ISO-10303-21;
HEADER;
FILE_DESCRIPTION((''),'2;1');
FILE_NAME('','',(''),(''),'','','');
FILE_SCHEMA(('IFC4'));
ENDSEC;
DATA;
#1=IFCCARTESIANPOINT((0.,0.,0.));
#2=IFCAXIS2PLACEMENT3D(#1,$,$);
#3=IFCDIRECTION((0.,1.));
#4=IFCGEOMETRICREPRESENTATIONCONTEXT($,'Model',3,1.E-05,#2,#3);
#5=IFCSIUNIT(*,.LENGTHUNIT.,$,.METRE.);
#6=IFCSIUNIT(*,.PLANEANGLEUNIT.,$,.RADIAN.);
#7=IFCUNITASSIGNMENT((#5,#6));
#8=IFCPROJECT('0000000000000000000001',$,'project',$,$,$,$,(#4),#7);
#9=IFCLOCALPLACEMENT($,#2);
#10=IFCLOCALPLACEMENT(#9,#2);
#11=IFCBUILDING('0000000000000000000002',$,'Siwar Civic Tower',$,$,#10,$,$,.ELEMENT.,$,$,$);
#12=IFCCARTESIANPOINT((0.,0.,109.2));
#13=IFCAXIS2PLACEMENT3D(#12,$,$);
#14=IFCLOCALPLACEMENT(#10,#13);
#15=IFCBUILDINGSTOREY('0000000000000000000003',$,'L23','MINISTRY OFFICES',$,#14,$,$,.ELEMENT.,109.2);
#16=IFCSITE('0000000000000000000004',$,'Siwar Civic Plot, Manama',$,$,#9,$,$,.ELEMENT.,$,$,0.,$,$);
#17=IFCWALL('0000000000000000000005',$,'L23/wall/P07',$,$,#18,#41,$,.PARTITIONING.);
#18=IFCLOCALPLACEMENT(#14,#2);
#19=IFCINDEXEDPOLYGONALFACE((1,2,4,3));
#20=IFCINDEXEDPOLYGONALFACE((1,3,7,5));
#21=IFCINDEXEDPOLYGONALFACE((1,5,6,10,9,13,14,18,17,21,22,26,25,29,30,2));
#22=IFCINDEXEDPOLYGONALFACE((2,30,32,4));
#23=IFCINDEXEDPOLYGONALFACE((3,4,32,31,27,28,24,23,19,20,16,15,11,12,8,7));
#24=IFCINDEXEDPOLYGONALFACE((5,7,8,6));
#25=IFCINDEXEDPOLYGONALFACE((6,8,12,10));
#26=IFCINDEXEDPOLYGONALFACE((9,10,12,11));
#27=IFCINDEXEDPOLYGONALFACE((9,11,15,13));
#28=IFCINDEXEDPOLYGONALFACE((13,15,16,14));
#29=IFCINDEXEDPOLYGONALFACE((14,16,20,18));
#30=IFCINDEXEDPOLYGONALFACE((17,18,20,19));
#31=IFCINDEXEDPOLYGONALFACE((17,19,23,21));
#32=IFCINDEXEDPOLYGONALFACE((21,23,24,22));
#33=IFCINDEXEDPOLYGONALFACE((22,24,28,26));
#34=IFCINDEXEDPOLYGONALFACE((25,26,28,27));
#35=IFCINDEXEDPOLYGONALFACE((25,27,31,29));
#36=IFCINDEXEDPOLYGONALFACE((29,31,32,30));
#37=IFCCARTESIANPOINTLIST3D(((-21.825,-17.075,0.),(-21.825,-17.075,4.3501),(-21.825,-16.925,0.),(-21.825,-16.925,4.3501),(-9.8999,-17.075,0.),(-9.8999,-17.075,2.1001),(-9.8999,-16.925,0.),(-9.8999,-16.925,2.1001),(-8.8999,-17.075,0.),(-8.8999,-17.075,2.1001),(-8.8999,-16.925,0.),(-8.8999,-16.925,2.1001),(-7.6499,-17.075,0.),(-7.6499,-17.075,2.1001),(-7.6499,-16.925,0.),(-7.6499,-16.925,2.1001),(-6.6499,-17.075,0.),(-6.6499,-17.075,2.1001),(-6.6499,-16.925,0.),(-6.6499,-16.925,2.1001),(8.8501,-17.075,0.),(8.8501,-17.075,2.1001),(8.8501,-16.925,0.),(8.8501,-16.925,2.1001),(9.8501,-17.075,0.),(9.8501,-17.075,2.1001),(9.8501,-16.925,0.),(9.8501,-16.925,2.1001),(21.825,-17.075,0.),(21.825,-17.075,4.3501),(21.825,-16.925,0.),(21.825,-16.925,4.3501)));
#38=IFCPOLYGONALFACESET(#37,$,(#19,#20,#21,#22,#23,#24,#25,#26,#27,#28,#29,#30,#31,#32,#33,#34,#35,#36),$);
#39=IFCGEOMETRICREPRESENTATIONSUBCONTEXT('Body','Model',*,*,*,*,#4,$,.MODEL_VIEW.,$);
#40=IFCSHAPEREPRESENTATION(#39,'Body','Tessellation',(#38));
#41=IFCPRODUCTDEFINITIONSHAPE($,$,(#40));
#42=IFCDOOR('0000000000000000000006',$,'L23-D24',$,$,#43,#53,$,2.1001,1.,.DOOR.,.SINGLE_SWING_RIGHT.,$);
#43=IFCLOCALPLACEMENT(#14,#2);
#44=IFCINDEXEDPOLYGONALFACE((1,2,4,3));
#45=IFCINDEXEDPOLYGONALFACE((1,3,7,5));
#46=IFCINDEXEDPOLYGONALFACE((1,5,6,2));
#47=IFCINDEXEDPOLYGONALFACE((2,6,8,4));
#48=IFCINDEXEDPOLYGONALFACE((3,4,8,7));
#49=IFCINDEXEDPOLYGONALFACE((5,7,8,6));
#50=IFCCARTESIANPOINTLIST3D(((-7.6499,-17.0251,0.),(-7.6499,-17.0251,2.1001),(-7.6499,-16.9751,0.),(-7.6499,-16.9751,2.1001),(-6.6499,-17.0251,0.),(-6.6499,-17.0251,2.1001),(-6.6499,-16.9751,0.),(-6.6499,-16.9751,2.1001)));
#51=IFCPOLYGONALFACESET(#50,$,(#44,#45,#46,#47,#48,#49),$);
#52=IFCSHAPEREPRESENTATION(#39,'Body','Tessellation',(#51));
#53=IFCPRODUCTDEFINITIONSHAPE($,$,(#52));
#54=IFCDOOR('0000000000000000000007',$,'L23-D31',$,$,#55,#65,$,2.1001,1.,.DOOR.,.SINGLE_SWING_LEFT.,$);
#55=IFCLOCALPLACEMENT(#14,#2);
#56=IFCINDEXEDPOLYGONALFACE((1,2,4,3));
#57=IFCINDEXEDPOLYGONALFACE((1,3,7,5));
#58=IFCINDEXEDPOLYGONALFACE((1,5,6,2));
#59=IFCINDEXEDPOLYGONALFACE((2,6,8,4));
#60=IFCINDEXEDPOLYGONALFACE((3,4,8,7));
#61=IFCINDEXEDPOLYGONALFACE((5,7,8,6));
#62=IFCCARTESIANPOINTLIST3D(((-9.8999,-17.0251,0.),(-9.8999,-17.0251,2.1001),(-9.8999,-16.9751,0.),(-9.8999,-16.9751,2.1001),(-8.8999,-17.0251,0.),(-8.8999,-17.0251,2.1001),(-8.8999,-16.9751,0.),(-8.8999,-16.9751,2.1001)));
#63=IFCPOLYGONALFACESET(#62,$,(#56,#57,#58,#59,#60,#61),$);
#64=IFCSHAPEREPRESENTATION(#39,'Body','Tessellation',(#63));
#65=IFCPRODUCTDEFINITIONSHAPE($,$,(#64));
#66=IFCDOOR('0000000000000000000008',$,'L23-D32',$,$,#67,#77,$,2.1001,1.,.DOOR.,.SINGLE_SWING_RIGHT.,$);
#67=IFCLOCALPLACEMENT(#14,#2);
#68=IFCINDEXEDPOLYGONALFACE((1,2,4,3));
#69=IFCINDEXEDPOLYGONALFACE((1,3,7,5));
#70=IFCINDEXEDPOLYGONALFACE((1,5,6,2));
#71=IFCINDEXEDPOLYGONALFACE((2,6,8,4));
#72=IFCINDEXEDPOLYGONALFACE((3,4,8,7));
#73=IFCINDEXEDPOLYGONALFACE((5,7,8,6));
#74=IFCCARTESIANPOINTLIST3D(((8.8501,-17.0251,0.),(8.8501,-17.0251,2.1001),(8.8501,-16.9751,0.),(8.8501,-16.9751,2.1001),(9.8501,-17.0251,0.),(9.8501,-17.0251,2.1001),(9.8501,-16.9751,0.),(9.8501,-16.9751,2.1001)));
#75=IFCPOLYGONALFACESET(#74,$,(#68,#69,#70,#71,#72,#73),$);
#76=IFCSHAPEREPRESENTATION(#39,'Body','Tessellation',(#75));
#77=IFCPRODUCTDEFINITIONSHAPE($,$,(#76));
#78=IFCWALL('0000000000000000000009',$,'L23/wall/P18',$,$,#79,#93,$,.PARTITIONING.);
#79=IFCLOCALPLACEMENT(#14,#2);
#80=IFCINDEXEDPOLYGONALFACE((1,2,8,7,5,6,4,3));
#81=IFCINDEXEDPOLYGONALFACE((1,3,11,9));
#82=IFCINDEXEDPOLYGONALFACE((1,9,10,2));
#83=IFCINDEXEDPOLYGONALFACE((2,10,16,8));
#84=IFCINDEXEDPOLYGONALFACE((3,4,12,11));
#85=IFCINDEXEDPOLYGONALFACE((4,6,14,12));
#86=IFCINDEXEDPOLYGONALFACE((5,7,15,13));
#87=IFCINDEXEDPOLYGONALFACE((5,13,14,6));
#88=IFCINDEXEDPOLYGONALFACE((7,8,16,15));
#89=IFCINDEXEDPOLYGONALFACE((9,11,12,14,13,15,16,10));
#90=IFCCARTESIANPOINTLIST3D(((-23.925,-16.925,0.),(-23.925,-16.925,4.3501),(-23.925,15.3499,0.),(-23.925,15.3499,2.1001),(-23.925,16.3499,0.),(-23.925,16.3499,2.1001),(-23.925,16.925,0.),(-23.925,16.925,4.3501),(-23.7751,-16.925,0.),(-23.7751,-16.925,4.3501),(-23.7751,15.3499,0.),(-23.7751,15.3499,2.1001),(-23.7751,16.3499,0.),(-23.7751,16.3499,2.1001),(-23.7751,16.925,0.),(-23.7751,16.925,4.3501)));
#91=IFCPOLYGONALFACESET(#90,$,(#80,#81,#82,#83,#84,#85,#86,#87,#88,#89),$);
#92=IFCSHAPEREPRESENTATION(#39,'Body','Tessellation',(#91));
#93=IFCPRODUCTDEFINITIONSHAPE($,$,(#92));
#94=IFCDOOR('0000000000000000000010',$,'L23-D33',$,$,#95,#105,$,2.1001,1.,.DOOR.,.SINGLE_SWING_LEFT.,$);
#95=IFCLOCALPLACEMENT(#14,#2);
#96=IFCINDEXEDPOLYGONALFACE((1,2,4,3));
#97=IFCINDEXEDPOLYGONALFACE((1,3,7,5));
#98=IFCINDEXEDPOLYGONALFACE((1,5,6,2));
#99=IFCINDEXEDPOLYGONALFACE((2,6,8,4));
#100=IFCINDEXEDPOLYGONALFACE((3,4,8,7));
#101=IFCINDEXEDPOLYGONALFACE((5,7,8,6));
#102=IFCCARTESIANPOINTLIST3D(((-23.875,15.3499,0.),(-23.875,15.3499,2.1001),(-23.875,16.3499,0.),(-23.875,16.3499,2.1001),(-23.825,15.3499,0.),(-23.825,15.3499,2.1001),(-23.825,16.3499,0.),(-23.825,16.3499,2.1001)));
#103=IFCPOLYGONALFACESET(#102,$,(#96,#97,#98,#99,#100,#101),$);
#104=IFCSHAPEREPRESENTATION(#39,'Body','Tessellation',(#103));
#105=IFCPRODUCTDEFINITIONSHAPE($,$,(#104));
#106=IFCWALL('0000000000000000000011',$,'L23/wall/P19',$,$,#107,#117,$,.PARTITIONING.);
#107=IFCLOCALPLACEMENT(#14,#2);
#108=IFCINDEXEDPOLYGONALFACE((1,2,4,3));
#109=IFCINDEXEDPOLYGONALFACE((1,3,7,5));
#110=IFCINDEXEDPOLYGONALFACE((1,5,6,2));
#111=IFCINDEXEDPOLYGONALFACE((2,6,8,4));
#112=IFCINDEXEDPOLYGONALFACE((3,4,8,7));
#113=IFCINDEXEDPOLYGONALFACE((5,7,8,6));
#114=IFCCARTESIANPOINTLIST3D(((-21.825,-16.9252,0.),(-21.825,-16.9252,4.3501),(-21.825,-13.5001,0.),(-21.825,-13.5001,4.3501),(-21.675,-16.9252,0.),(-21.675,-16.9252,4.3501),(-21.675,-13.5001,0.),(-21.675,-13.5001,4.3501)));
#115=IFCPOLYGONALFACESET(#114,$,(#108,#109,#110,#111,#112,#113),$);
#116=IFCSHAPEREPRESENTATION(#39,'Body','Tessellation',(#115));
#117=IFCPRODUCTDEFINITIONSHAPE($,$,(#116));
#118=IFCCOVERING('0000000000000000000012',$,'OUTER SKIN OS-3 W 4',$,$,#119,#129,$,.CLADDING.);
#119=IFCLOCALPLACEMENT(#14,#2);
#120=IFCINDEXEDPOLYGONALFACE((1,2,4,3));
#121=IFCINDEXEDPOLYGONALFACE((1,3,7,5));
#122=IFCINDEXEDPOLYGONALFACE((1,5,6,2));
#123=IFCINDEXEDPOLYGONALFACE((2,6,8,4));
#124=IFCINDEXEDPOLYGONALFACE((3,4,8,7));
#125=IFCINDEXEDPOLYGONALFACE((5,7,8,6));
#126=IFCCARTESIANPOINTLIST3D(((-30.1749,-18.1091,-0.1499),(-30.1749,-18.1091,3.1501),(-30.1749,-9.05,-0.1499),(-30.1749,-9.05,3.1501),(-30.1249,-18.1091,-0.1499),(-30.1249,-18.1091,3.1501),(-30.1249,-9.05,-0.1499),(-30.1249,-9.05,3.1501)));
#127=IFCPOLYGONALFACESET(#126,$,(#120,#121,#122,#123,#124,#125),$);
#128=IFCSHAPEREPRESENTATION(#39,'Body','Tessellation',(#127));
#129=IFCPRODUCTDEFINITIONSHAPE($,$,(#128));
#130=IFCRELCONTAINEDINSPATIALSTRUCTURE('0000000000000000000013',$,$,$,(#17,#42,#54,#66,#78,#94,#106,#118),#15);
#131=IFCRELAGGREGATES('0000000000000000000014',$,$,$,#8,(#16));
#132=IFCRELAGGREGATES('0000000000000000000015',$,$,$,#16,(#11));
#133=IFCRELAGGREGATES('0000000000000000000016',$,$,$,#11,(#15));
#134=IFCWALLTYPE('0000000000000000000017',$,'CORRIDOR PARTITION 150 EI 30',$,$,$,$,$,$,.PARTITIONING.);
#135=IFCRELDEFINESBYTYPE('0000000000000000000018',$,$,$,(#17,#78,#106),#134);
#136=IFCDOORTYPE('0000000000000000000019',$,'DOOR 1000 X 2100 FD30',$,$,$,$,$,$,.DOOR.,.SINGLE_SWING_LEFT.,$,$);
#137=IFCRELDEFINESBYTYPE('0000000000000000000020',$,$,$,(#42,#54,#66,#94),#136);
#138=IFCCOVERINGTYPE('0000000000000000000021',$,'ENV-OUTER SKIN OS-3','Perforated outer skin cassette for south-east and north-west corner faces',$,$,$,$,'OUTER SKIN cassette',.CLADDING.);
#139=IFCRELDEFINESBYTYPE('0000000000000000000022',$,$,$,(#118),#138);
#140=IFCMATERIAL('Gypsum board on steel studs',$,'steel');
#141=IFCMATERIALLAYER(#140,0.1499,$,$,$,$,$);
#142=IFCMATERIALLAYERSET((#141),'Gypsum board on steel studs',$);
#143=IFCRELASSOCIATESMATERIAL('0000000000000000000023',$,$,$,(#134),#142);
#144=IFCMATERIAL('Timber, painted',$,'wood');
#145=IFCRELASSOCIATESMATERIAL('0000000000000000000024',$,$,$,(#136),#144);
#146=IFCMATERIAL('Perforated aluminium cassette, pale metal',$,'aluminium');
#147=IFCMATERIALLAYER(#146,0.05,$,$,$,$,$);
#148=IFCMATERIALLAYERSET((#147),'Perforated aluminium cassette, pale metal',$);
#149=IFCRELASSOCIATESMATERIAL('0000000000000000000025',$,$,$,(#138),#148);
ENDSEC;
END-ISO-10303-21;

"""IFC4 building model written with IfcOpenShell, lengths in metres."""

from ifc_helpers import new_model, si_unit, direction, frame, frame_2d, origin, origin_2d, place, context, subcontext, project, spatial, rectangle, extrude, material, layer, layer_set, type_object, element, fill, save


model = new_model("IFC4")

# Units and contexts
model_context = context("Model", 3, precision=1e-05, world=origin(), true_north=direction((0.0, 1.0)))
body_context = subcontext(model_context, "Body", "Model", "MODEL_VIEW")
ifc_project = project(units=[si_unit("LENGTHUNIT", "METRE"), si_unit("PLANEANGLEUNIT", "RADIAN")], contexts=[model_context])

# Site, building, storey
site_placement = place(None, origin())
site = spatial("IfcSite", under=ifc_project, at=site_placement, Name="Siwar Civic Plot, Manama", CompositionType="ELEMENT", RefElevation=0.0)
building_placement = place(site_placement, origin())
building = spatial("IfcBuilding", under=site, at=building_placement, Name="Siwar Civic Tower", CompositionType="ELEMENT")
storey_placement = place(building_placement, frame((0.0, 0.0, 109.2)))
storey = spatial("IfcBuildingStorey", under=building, at=storey_placement, Name="L23", Description="MINISTRY OFFICES", CompositionType="ELEMENT", Elevation=109.2)

# Shared definitions
ifc_material_1 = material(Name="Gypsum board on steel studs", Category="steel")
ifc_layer_1 = layer(ifc_material_1, 0.1499)
ifc_layer_set_1 = layer_set([ifc_layer_1], Name="Gypsum board on steel studs")
wall_type_1 = type_object("IfcWallType", Name="CORRIDOR PARTITION 150 EI 30", PredefinedType="PARTITIONING", material=ifc_layer_set_1)

# Wall, openings, doors
wall_1_placement = place(storey_placement, frame((-21.825, -17.0, 0.0), z_axis=(0.0, 0.0, 1.0), x_axis=(1.0, 0.0, 0.0)))
wall_1 = element("IfcWall", 1, at=wall_1_placement, inside=storey, type_object=wall_type_1, Name="L23/wall/P07", PredefinedType="PARTITIONING", context=body_context, shape_type="SweptSolid", body=[
    extrude(rectangle(XDim=43.6499, YDim=0.1499, at=frame_2d((21.825, 0.0))), origin(), (0.0, 0.0, 1.0), 4.3501),
])
opening_1_placement = place(wall_1_placement, frame((14.175, 0.0, 0.0)))
opening_1 = element("IfcOpeningElement", 2, at=opening_1_placement, cuts=wall_1, PredefinedType="OPENING", context=body_context, shape_type="SweptSolid", body=[
    extrude(rectangle(XDim=1.0, YDim=2.1001, at=frame_2d((0.5, 1.05))), frame((0.0, 0.085, 0.0), z_axis=(0.0, -1.0, 0.0), x_axis=(1.0, 0.0, 0.0)), (0.0, 0.0, 1.0), 0.1699),
])
opening_2_placement = place(wall_1_placement, frame((11.925, 0.0, 0.0)))
opening_2 = element("IfcOpeningElement", 3, at=opening_2_placement, cuts=wall_1, PredefinedType="OPENING", context=body_context, shape_type="SweptSolid", body=[
    extrude(rectangle(XDim=1.0, YDim=2.1001, at=frame_2d((0.5, 1.05))), frame((0.0, 0.085, 0.0), z_axis=(0.0, -1.0, 0.0), x_axis=(1.0, 0.0, 0.0)), (0.0, 0.0, 1.0), 0.1699),
])
opening_3_placement = place(wall_1_placement, frame((30.675, 0.0, 0.0)))
opening_3 = element("IfcOpeningElement", 4, at=opening_3_placement, cuts=wall_1, PredefinedType="OPENING", context=body_context, shape_type="SweptSolid", body=[
    extrude(rectangle(XDim=1.0, YDim=2.1001, at=frame_2d((0.5, 1.05))), frame((0.0, 0.085, 0.0), z_axis=(0.0, -1.0, 0.0), x_axis=(1.0, 0.0, 0.0)), (0.0, 0.0, 1.0), 0.1699),
])
ifc_material_2 = material(Name="Timber, painted", Category="wood")
door_type_1 = type_object("IfcDoorType", Name="DOOR 1000 X 2100 FD30", OperationType="SINGLE_SWING_LEFT", PredefinedType="DOOR", material=ifc_material_2)
door_1_placement = place(opening_1_placement, origin())
door_1 = element("IfcDoor", 5, at=door_1_placement, inside=storey, type_object=door_type_1, Name="L23-D24", OperationType="SINGLE_SWING_RIGHT", OverallHeight=2.1001, OverallWidth=1.0, PredefinedType="DOOR", context=body_context, shape_type="SweptSolid", body=[
    extrude(rectangle(XDim=1.0, YDim=2.1001, at=frame_2d((0.5, 1.05))), frame((0.0, 0.0249, 0.0), z_axis=(0.0, -1.0, 0.0), x_axis=(1.0, 0.0, 0.0)), (0.0, 0.0, 1.0), 0.05),
])
fill(opening_1, door_1)
door_2_placement = place(opening_2_placement, origin())
door_2 = element("IfcDoor", 6, at=door_2_placement, inside=storey, type_object=door_type_1, Name="L23-D31", OperationType="SINGLE_SWING_LEFT", OverallHeight=2.1001, OverallWidth=1.0, PredefinedType="DOOR", context=body_context, shape_type="SweptSolid", body=[
    extrude(rectangle(XDim=1.0, YDim=2.1001, at=frame_2d((0.5, 1.05))), frame((0.0, 0.0249, 0.0), z_axis=(0.0, -1.0, 0.0), x_axis=(1.0, 0.0, 0.0)), (0.0, 0.0, 1.0), 0.05),
])
fill(opening_2, door_2)
door_3_placement = place(opening_3_placement, origin())
door_3 = element("IfcDoor", 7, at=door_3_placement, inside=storey, type_object=door_type_1, Name="L23-D32", OperationType="SINGLE_SWING_RIGHT", OverallHeight=2.1001, OverallWidth=1.0, PredefinedType="DOOR", context=body_context, shape_type="SweptSolid", body=[
    extrude(rectangle(XDim=1.0, YDim=2.1001, at=frame_2d((0.5, 1.05))), frame((0.0, 0.0249, 0.0), z_axis=(0.0, -1.0, 0.0), x_axis=(1.0, 0.0, 0.0)), (0.0, 0.0, 1.0), 0.05),
])
fill(opening_3, door_3)

# Wall, opening, door
wall_2_placement = place(storey_placement, frame((-23.8501, -16.925, 0.0), z_axis=(0.0, 0.0, 1.0), x_axis=(0.0, 1.0, 0.0)))
wall_2 = element("IfcWall", 8, at=wall_2_placement, inside=storey, type_object=wall_type_1, Name="L23/wall/P18", PredefinedType="PARTITIONING", context=body_context, shape_type="SweptSolid", body=[
    extrude(rectangle(XDim=33.8501, YDim=0.1499, at=frame_2d((16.925, 0.0))), origin(), (0.0, 0.0, 1.0), 4.3501),
])
opening_4_placement = place(wall_2_placement, frame((32.2749, 0.0, 0.0)))
opening_4 = element("IfcOpeningElement", 9, at=opening_4_placement, cuts=wall_2, PredefinedType="OPENING", context=body_context, shape_type="SweptSolid", body=[
    extrude(rectangle(XDim=1.0, YDim=2.1001, at=frame_2d((0.5, 1.05))), frame((0.0, 0.085, 0.0), z_axis=(0.0, -1.0, 0.0), x_axis=(1.0, 0.0, 0.0)), (0.0, 0.0, 1.0), 0.1699),
])
door_4_placement = place(opening_4_placement, origin())
door_4 = element("IfcDoor", 10, at=door_4_placement, inside=storey, type_object=door_type_1, Name="L23-D33", OperationType="SINGLE_SWING_LEFT", OverallHeight=2.1001, OverallWidth=1.0, PredefinedType="DOOR", context=body_context, shape_type="SweptSolid", body=[
    extrude(rectangle(XDim=1.0, YDim=2.1001, at=frame_2d((0.5, 1.05))), frame((0.0, 0.0249, 0.0), z_axis=(0.0, -1.0, 0.0), x_axis=(1.0, 0.0, 0.0)), (0.0, 0.0, 1.0), 0.05),
])
fill(opening_4, door_4)

# Wall
wall_3_placement = place(storey_placement, frame((-21.75, -16.925, 0.0), z_axis=(0.0, 0.0, 1.0), x_axis=(0.0, 1.0, 0.0)))
element("IfcWall", 11, at=wall_3_placement, inside=storey, type_object=wall_type_1, Name="L23/wall/P19", PredefinedType="PARTITIONING", context=body_context, shape_type="SweptSolid", body=[
    extrude(rectangle(XDim=3.425, YDim=0.1499, at=frame_2d((1.7124, 0.0))), origin(), (0.0, 0.0, 1.0), 4.3501),
])

# Covering
ifc_material_3 = material(Name="Perforated aluminium cassette, pale metal", Category="aluminium")
ifc_layer_2 = layer(ifc_material_3, 0.05)
ifc_layer_set_2 = layer_set([ifc_layer_2], Name="Perforated aluminium cassette, pale metal")
covering_type = type_object("IfcCoveringType", Name="ENV-OUTER SKIN OS-3", Description="Perforated outer skin cassette for south-east and north-west corner faces", ElementType="OUTER SKIN cassette", PredefinedType="CLADDING", material=ifc_layer_set_2)
covering_placement = place(storey_placement, frame((-30.1499, -13.5796, -0.1499), z_axis=(0.0, 0.0, 1.0), x_axis=(0.0, -1.0, 0.0)))
element("IfcCovering", 12, at=covering_placement, inside=storey, type_object=covering_type, Name="OUTER SKIN OS-3 W 4", PredefinedType="CLADDING", context=body_context, shape_type="SweptSolid", body=[
    extrude(rectangle(XDim=9.0591, YDim=0.05, at=origin_2d()), origin(), (0.0, 0.0, 1.0), 3.3),
])

save(model, "model.ifc")
